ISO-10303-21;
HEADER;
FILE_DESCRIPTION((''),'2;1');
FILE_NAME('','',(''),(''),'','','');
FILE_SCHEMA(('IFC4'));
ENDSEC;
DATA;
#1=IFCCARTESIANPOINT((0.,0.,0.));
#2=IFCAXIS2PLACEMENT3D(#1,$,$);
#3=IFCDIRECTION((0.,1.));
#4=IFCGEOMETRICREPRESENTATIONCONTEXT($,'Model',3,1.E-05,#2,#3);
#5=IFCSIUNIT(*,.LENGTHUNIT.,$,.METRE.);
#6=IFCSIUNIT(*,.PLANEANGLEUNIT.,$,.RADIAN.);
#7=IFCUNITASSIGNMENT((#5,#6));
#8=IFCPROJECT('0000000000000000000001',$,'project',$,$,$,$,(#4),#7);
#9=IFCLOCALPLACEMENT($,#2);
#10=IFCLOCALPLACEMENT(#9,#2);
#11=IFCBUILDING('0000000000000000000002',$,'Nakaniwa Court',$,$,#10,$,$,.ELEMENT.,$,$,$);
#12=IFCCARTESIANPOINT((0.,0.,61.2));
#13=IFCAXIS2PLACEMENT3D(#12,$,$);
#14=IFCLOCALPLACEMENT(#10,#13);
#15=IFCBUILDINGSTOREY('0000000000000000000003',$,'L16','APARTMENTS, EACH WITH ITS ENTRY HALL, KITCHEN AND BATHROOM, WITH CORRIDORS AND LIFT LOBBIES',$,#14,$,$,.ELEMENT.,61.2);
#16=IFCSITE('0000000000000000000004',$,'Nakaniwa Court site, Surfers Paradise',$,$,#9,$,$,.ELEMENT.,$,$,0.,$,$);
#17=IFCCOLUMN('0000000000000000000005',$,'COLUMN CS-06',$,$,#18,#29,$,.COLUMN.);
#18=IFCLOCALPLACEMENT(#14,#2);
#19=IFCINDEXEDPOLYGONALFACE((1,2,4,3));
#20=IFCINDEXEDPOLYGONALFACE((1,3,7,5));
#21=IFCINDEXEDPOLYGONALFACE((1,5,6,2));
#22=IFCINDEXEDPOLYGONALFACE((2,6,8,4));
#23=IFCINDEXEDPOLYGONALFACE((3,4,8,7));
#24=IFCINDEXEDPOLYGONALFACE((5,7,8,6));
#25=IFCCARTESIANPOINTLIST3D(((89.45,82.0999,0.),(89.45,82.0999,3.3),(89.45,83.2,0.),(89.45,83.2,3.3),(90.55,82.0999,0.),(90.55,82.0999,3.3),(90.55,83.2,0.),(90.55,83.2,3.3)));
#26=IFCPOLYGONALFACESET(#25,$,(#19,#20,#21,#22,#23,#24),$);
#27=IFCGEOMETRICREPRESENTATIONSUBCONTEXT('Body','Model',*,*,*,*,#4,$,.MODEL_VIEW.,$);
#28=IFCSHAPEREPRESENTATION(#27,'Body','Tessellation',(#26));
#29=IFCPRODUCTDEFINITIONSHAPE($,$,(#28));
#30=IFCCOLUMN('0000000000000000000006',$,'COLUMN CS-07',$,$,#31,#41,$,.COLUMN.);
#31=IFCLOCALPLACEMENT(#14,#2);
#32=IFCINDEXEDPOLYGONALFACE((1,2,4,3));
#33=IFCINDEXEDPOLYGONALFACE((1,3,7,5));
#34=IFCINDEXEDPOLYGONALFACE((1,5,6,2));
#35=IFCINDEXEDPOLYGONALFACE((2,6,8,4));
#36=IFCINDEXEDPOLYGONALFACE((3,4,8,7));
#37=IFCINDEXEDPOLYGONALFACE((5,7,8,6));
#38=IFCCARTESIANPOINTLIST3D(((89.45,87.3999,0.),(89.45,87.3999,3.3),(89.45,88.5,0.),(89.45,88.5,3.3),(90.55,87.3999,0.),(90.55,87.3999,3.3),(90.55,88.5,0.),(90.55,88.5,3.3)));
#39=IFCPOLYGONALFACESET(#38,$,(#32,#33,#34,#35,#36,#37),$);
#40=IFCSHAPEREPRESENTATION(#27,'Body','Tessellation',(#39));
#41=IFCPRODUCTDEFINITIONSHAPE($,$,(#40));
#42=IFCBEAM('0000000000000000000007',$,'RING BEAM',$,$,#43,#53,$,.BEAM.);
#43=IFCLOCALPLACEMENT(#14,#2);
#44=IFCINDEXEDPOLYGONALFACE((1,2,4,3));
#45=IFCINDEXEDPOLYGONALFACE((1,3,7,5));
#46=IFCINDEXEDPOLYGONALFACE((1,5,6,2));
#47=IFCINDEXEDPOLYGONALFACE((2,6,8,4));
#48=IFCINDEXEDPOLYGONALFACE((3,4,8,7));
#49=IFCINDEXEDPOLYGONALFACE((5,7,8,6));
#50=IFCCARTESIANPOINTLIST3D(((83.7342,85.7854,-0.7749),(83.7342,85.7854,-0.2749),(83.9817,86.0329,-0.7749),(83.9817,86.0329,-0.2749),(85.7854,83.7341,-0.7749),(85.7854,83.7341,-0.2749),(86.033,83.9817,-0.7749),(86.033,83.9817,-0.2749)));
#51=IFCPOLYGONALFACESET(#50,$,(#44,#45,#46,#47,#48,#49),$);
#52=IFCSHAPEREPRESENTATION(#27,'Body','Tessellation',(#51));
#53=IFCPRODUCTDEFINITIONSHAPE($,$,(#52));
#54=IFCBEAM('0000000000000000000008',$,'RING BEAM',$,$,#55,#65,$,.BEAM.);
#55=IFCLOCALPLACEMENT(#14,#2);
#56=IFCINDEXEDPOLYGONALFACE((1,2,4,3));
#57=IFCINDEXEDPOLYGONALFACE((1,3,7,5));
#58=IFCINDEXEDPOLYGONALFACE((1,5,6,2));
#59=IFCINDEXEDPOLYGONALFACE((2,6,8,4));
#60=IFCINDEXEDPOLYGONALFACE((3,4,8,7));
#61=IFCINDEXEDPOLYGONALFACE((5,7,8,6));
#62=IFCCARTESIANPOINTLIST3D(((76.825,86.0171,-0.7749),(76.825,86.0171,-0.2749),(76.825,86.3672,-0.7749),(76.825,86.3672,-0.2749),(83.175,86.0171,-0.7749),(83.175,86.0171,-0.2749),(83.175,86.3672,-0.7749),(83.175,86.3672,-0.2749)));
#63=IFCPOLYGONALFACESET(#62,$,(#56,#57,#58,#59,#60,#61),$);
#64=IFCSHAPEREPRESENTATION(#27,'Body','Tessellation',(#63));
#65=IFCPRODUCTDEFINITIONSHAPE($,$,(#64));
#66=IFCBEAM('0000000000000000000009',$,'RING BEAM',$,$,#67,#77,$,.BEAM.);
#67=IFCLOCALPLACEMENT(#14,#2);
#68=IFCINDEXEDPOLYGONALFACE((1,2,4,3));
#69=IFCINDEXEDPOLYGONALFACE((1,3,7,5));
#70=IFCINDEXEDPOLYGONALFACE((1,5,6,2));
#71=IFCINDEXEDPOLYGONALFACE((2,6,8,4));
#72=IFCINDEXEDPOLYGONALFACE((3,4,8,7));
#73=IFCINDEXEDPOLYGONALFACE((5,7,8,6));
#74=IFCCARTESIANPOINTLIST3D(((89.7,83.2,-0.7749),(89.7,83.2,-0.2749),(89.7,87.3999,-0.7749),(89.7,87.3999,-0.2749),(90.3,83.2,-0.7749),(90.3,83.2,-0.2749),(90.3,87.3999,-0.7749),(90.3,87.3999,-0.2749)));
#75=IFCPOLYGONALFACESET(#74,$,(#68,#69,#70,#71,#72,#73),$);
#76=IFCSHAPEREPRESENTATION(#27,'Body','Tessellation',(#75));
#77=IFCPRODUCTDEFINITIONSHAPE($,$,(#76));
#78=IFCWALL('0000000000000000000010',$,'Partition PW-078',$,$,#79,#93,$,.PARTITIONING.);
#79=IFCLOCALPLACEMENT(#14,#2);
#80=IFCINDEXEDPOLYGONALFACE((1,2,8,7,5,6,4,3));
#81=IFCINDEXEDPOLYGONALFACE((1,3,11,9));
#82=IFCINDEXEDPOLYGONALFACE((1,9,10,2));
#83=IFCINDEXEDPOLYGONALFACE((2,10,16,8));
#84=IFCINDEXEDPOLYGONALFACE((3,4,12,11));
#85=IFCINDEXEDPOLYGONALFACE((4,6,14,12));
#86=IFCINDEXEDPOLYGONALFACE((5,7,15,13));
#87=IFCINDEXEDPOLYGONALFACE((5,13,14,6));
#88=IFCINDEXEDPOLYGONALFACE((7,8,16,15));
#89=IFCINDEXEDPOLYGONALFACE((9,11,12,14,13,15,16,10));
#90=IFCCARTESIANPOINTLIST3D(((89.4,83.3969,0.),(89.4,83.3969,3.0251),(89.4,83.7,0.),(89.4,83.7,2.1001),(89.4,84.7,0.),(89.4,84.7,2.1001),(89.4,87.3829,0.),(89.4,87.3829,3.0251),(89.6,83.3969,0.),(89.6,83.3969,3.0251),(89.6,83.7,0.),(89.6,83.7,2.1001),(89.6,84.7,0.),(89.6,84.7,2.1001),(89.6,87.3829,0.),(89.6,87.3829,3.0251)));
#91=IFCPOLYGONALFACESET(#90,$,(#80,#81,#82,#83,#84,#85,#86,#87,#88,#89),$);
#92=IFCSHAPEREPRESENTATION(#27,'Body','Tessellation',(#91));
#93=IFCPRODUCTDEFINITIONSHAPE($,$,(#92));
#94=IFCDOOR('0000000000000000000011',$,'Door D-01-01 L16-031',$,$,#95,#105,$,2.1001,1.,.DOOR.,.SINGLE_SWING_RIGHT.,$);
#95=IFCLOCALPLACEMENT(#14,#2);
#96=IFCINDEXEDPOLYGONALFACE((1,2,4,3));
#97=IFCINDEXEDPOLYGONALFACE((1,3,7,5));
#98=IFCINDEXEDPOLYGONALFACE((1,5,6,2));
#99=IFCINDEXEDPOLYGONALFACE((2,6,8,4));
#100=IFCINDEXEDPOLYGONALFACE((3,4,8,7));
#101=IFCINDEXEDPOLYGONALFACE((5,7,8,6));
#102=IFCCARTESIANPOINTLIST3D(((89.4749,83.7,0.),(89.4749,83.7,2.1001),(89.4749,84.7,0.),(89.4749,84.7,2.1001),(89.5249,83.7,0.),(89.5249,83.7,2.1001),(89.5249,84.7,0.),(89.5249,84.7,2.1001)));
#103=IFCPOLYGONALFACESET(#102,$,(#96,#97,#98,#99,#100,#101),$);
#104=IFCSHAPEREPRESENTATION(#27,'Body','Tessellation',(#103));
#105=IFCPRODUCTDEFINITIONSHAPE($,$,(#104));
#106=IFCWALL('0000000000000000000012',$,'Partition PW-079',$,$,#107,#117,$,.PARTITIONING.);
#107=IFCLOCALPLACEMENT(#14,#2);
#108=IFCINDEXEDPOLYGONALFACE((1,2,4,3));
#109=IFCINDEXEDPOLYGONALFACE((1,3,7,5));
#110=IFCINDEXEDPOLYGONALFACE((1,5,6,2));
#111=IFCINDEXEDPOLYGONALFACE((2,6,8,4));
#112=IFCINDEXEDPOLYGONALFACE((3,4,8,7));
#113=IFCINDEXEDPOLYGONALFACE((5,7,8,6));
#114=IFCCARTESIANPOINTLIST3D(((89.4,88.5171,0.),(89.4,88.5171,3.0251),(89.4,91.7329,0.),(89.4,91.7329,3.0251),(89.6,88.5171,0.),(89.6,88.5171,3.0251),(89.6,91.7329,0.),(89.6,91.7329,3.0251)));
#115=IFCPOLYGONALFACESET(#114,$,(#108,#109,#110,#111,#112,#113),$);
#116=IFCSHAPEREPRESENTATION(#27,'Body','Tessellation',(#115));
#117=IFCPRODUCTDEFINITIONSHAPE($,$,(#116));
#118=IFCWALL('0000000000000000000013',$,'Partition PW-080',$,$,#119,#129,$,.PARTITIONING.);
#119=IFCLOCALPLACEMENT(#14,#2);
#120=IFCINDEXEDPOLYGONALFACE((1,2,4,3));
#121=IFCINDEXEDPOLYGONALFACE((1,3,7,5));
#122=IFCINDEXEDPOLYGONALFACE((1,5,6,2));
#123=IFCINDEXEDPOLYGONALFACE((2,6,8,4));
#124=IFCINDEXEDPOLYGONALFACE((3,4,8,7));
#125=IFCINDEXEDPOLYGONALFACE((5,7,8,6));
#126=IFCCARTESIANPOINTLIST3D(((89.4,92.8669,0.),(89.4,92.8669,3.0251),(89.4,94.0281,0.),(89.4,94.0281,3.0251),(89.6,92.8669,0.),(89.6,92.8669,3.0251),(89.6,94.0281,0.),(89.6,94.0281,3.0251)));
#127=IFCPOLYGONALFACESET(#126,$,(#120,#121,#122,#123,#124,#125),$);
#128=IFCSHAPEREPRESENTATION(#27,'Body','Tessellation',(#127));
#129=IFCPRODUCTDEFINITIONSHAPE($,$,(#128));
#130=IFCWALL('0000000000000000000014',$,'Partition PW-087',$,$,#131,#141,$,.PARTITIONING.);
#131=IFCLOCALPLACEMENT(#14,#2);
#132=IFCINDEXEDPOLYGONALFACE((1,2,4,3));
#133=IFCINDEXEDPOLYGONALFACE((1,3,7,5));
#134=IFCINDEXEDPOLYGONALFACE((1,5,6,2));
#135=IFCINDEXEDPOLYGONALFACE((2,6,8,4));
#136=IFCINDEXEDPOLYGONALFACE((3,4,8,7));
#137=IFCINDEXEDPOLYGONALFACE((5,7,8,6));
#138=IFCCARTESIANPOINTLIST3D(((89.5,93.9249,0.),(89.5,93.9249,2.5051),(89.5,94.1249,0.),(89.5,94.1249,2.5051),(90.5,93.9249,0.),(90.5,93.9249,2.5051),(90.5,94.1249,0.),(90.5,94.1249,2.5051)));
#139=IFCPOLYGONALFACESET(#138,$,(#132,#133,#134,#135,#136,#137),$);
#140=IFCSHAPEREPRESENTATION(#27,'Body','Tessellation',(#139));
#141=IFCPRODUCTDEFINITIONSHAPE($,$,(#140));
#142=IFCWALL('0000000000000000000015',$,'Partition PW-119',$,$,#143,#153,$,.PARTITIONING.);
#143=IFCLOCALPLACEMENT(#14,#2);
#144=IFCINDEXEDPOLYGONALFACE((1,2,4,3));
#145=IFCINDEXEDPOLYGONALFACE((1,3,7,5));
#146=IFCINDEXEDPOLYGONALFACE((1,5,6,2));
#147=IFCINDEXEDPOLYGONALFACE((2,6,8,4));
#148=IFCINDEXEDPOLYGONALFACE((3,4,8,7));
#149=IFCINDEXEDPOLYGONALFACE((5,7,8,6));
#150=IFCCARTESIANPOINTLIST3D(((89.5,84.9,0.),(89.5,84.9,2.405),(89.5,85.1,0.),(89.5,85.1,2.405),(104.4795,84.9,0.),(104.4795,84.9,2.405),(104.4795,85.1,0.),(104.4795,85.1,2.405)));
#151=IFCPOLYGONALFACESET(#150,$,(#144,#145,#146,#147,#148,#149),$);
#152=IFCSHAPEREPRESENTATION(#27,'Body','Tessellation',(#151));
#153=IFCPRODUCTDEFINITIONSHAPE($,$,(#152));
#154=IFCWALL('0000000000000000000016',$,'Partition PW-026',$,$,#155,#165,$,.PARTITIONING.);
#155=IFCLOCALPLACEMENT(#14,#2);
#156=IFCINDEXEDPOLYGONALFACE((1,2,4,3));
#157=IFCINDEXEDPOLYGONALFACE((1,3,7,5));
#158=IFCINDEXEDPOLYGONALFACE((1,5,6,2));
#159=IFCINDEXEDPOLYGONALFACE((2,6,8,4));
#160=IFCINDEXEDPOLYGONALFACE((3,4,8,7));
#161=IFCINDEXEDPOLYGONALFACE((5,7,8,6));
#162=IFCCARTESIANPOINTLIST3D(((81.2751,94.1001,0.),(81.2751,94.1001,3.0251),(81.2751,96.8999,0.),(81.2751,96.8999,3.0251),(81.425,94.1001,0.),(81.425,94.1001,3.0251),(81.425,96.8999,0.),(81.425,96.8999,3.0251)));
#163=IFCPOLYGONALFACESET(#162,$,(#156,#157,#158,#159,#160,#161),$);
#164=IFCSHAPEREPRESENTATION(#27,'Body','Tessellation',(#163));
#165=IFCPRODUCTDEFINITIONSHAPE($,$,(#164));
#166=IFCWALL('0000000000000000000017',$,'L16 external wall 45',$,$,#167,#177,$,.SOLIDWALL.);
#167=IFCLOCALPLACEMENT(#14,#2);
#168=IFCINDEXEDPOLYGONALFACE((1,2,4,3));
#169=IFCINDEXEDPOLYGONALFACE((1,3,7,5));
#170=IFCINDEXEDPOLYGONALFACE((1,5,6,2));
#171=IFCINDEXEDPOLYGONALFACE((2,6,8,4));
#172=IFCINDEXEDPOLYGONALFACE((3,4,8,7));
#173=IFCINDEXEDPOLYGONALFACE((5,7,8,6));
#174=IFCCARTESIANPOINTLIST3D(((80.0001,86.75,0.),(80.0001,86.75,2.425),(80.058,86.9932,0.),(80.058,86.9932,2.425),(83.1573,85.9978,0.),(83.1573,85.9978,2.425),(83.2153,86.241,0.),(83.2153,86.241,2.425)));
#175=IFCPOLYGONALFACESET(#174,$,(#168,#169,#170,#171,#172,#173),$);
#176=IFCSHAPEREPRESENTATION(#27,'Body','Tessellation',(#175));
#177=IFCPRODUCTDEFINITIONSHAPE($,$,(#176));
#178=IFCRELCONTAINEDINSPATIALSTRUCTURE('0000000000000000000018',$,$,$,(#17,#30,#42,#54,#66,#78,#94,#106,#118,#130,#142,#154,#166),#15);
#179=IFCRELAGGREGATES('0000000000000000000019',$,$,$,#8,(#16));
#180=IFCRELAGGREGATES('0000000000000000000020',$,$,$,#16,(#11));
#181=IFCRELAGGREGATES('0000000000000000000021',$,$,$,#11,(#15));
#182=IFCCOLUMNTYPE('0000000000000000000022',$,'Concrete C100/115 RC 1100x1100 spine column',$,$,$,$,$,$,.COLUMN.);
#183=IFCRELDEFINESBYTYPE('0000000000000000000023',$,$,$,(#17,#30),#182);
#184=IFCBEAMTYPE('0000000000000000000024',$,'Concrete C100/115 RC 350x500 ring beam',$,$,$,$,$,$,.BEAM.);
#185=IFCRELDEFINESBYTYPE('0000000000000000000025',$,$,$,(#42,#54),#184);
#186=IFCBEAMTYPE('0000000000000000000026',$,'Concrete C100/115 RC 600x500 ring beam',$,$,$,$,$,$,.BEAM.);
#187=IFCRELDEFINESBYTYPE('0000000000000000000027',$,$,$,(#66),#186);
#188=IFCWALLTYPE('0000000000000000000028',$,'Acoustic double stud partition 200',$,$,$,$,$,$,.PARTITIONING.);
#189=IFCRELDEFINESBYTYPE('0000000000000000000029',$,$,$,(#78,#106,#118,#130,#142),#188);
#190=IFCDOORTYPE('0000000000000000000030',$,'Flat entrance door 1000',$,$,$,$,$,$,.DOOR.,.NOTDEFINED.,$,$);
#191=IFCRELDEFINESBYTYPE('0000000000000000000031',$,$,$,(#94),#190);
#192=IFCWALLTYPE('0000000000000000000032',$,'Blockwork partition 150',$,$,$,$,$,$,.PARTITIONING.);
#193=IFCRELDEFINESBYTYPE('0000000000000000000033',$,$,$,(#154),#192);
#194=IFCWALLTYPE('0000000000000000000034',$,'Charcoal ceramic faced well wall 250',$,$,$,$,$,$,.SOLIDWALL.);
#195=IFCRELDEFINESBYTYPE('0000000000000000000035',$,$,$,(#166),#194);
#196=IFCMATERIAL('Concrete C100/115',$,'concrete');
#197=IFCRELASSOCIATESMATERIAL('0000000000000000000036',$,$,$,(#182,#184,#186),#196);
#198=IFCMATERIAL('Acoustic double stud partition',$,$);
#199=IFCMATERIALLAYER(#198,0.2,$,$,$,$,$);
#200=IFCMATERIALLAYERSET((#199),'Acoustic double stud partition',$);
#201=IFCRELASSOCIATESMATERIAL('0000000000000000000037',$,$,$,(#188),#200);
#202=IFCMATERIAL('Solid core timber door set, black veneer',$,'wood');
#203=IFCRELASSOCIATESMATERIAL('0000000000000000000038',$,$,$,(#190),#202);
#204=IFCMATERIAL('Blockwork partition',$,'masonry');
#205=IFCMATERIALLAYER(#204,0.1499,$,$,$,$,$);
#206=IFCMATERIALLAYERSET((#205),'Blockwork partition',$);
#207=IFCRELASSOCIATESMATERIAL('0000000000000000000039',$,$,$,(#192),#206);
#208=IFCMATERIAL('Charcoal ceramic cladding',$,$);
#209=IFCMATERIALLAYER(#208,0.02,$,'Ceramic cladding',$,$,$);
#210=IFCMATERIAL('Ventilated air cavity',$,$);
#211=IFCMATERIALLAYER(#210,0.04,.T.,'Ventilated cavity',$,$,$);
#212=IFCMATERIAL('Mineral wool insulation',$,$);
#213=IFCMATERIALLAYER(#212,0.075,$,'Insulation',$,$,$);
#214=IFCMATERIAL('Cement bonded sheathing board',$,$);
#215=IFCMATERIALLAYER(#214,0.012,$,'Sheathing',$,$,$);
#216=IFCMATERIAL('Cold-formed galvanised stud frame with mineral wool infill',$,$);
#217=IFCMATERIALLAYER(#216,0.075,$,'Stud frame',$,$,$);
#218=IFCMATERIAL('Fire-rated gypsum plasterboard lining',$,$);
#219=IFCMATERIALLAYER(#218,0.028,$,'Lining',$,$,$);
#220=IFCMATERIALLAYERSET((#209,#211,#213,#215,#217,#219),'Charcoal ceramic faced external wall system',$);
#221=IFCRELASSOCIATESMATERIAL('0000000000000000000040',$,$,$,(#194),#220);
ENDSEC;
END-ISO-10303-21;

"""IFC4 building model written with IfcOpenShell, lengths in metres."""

from ifc_helpers import new_model, si_unit, direction, frame, frame_2d, origin, origin_2d, place, context, subcontext, project, spatial, rectangle, extrude, material, layer, layer_set, material_profile, profile_set, type_object, element, fill, save


model = new_model("IFC4")

# Units and contexts
model_context = context("Model", 3, precision=1e-05, world=origin(), true_north=direction((0.0, 1.0)))
body_context = subcontext(model_context, "Body", "Model", "MODEL_VIEW")
ifc_project = project(units=[si_unit("LENGTHUNIT", "METRE"), si_unit("PLANEANGLEUNIT", "RADIAN")], contexts=[model_context])

# Site, building, storey
site_placement = place(None, origin())
site = spatial("IfcSite", under=ifc_project, at=site_placement, Name="Nakaniwa Court site, Surfers Paradise", CompositionType="ELEMENT", RefElevation=0.0)
building_placement = place(site_placement, origin())
building = spatial("IfcBuilding", under=site, at=building_placement, Name="Nakaniwa Court", CompositionType="ELEMENT")
storey_placement = place(building_placement, frame((0.0, 0.0, 61.2)))
storey = spatial("IfcBuildingStorey", under=building, at=storey_placement, Name="L16", Description="APARTMENTS, EACH WITH ITS ENTRY HALL, KITCHEN AND BATHROOM, WITH CORRIDORS AND LIFT LOBBIES", CompositionType="ELEMENT", Elevation=61.2)

# Columns
ifc_material_1 = material(Name="Concrete C100/115", Category="concrete")
ifc_material_profile_1 = material_profile(ifc_material_1, rectangle(XDim=1.1001, YDim=1.1001, at=origin_2d()), Name="Concrete C100/115 RC 1100x1100 spine column")
ifc_profile_set_1 = profile_set([ifc_material_profile_1], Name="Concrete C100/115")
column_type_1 = type_object("IfcColumnType", Name="Concrete C100/115 RC 1100x1100 spine column", PredefinedType="COLUMN", material=ifc_profile_set_1)
for number, where, z_axis, x_axis, name in (
    (1, (90.0, 82.6499, 0.0), (0.0, 0.0, 1.0), (0.0, 1.0, 0.0), "COLUMN CS-06"),
    (2, (90.0, 87.95, 0.0), (0.0, 0.0, 1.0), (0.0, 1.0, 0.0), "COLUMN CS-07"),
):
    element("IfcColumn", number, at=place(storey_placement, frame(where, z_axis=z_axis, x_axis=x_axis)), inside=storey, type_object=column_type_1, Name=name, PredefinedType="COLUMN", context=body_context, shape_type="SweptSolid", body=[
        extrude(rectangle(XDim=1.1001, YDim=1.1001, at=origin_2d()), origin(), (0.0, 0.0, 1.0), 3.3),
    ])

# Beams
ifc_material_profile_2 = material_profile(ifc_material_1, rectangle(XDim=0.3501, YDim=0.5, at=origin_2d()), Name="Concrete C100/115 RC 350x500 ring beam")
ifc_profile_set_2 = profile_set([ifc_material_profile_2], Name="Concrete C100/115")
beam_type_1 = type_object("IfcBeamType", Name="Concrete C100/115 RC 350x500 ring beam", PredefinedType="BEAM", material=ifc_profile_set_2)
beam_1_placement = place(storey_placement, frame((85.9092, 83.8579, -0.5249), z_axis=(-0.707107, 0.707107, 0.0), x_axis=(-0.707107, -0.707107, 0.0)))
element("IfcBeam", 3, at=beam_1_placement, inside=storey, type_object=beam_type_1, Name="RING BEAM", PredefinedType="BEAM", context=body_context, shape_type="SweptSolid", body=[
    extrude(rectangle(XDim=0.3501, YDim=0.5, at=origin_2d()), origin(), (0.0, 0.0, 1.0), 2.9009),
])
beam_2_placement = place(storey_placement, frame((83.175, 86.1921, -0.5249), z_axis=(-1.0, 0.0, 0.0), x_axis=(0.0, -1.0, 0.0)))
element("IfcBeam", 4, at=beam_2_placement, inside=storey, type_object=beam_type_1, Name="RING BEAM", PredefinedType="BEAM", context=body_context, shape_type="SweptSolid", body=[
    extrude(rectangle(XDim=0.3501, YDim=0.5, at=origin_2d()), origin(), (0.0, 0.0, 1.0), 6.3501),
])
ifc_material_profile_3 = material_profile(ifc_material_1, rectangle(XDim=0.6001, YDim=0.5, at=origin_2d()), Name="Concrete C100/115 RC 600x500 ring beam")
ifc_profile_set_3 = profile_set([ifc_material_profile_3], Name="Concrete C100/115")
beam_type_2 = type_object("IfcBeamType", Name="Concrete C100/115 RC 600x500 ring beam", PredefinedType="BEAM", material=ifc_profile_set_3)
beam_3_placement = place(storey_placement, frame((90.0, 83.2, -0.5249), z_axis=(0.0, 1.0, 0.0), x_axis=(-1.0, 0.0, 0.0)))
element("IfcBeam", 5, at=beam_3_placement, inside=storey, type_object=beam_type_2, Name="RING BEAM", PredefinedType="BEAM", context=body_context, shape_type="SweptSolid", body=[
    extrude(rectangle(XDim=0.6001, YDim=0.5, at=origin_2d()), origin(), (0.0, 0.0, 1.0), 4.2),
])

# Wall, opening, door
ifc_material_2 = material(Name="Acoustic double stud partition")
ifc_layer_1 = layer(ifc_material_2, 0.2)
ifc_layer_set_1 = layer_set([ifc_layer_1], Name="Acoustic double stud partition")
wall_type_1 = type_object("IfcWallType", Name="Acoustic double stud partition 200", PredefinedType="PARTITIONING", material=ifc_layer_set_1)
wall_1_placement = place(storey_placement, frame((89.5, 87.3831, 0.0), z_axis=(0.0, 0.0, 1.0), x_axis=(0.0, -1.0, 0.0)))
wall_1 = element("IfcWall", 6, at=wall_1_placement, inside=storey, type_object=wall_type_1, Name="Partition PW-078", PredefinedType="PARTITIONING", context=body_context, shape_type="SweptSolid", body=[
    extrude(rectangle(XDim=3.9861, YDim=0.2, at=frame_2d((1.9932, 0.0))), origin(), (0.0, 0.0, 1.0), 3.0251),
])
opening_1_placement = place(wall_1_placement, frame((2.6831, 0.0, 0.0)))
opening_1 = element("IfcOpeningElement", 7, at=opening_1_placement, cuts=wall_1, PredefinedType="OPENING", context=body_context, shape_type="SweptSolid", body=[
    extrude(rectangle(XDim=1.0, YDim=2.1001, at=frame_2d((0.5, 1.05))), frame((0.0, 0.1099, 0.0), z_axis=(0.0, -1.0, 0.0), x_axis=(1.0, 0.0, 0.0)), (0.0, 0.0, 1.0), 0.22),
])
ifc_material_3 = material(Name="Solid core timber door set, black veneer", Category="wood")
door_type_1 = type_object("IfcDoorType", Name="Flat entrance door 1000", OperationType="NOTDEFINED", PredefinedType="DOOR", material=ifc_material_3)
door_1_placement = place(opening_1_placement, origin())
door_1 = element("IfcDoor", 8, at=door_1_placement, inside=storey, type_object=door_type_1, Name="Door D-01-01 L16-031", OperationType="SINGLE_SWING_RIGHT", OverallHeight=2.1001, OverallWidth=1.0, PredefinedType="DOOR", context=body_context, shape_type="SweptSolid", body=[
    extrude(rectangle(XDim=1.0, YDim=2.1001, at=frame_2d((0.5, 1.05))), frame((0.0, 0.0249, 0.0), z_axis=(0.0, -1.0, 0.0), x_axis=(1.0, 0.0, 0.0)), (0.0, 0.0, 1.0), 0.05),
])
fill(opening_1, door_1)

# Walls
wall_2_placement = place(storey_placement, frame((89.5, 88.5171, 0.0), z_axis=(0.0, 0.0, 1.0), x_axis=(0.0, 1.0, 0.0)))
element("IfcWall", 9, at=wall_2_placement, inside=storey, type_object=wall_type_1, Name="Partition PW-079", PredefinedType="PARTITIONING", context=body_context, shape_type="SweptSolid", body=[
    extrude(rectangle(XDim=3.2158, YDim=0.2, at=frame_2d((1.6079, 0.0))), origin(), (0.0, 0.0, 1.0), 3.0251),
])
wall_3_placement = place(storey_placement, frame((89.5, 92.8669, 0.0), z_axis=(0.0, 0.0, 1.0), x_axis=(0.0, 1.0, 0.0)))
element("IfcWall", 10, at=wall_3_placement, inside=storey, type_object=wall_type_1, Name="Partition PW-080", PredefinedType="PARTITIONING", context=body_context, shape_type="SweptSolid", body=[
    extrude(rectangle(XDim=1.1611, YDim=0.2, at=frame_2d((0.5806, 0.0))), origin(), (0.0, 0.0, 1.0), 3.0251),
])
wall_4_placement = place(storey_placement, frame((89.5, 94.0249, 0.0), z_axis=(0.0, 0.0, 1.0), x_axis=(1.0, 0.0, 0.0)))
element("IfcWall", 11, at=wall_4_placement, inside=storey, type_object=wall_type_1, Name="Partition PW-087", PredefinedType="PARTITIONING", context=body_context, shape_type="SweptSolid", body=[
    extrude(rectangle(XDim=1.0, YDim=0.2, at=frame_2d((0.5, 0.0))), origin(), (0.0, 0.0, 1.0), 2.5051),
])
wall_5_placement = place(storey_placement, frame((89.5, 85.0, 0.0), z_axis=(0.0, 0.0, 1.0), x_axis=(1.0, 0.0, 0.0)))
element("IfcWall", 12, at=wall_5_placement, inside=storey, type_object=wall_type_1, Name="Partition PW-119", PredefinedType="PARTITIONING", context=body_context, shape_type="SweptSolid", body=[
    extrude(rectangle(XDim=14.9795, YDim=0.2, at=frame_2d((7.4897, 0.0))), origin(), (0.0, 0.0, 1.0), 2.405),
])
ifc_material_4 = material(Name="Blockwork partition", Category="masonry")
ifc_layer_2 = layer(ifc_material_4, 0.1499)
ifc_layer_set_2 = layer_set([ifc_layer_2], Name="Blockwork partition")
wall_type_2 = type_object("IfcWallType", Name="Blockwork partition 150", PredefinedType="PARTITIONING", material=ifc_layer_set_2)
wall_6_placement = place(storey_placement, frame((81.3501, 94.1001, 0.0), z_axis=(0.0, 0.0, 1.0), x_axis=(0.0, 1.0, 0.0)))
element("IfcWall", 13, at=wall_6_placement, inside=storey, type_object=wall_type_2, Name="Partition PW-026", PredefinedType="PARTITIONING", context=body_context, shape_type="SweptSolid", body=[
    extrude(rectangle(XDim=2.7998, YDim=0.1499, at=frame_2d((1.3999, 0.0))), origin(), (0.0, 0.0, 1.0), 3.0251),
])
ifc_material_5 = material(Name="Charcoal ceramic cladding")
ifc_layer_3 = layer(ifc_material_5, 0.02, Name="Ceramic cladding")
ifc_material_6 = material(Name="Ventilated air cavity")
ifc_layer_4 = layer(ifc_material_6, 0.04, ventilated=True, Name="Ventilated cavity")
ifc_material_7 = material(Name="Mineral wool insulation")
ifc_layer_5 = layer(ifc_material_7, 0.075, Name="Insulation")
ifc_material_8 = material(Name="Cement bonded sheathing board")
ifc_layer_6 = layer(ifc_material_8, 0.012, Name="Sheathing")
ifc_material_9 = material(Name="Cold-formed galvanised stud frame with mineral wool infill")
ifc_layer_7 = layer(ifc_material_9, 0.075, Name="Stud frame")
ifc_material_10 = material(Name="Fire-rated gypsum plasterboard lining")
ifc_layer_8 = layer(ifc_material_10, 0.028, Name="Lining")
ifc_layer_set_3 = layer_set([ifc_layer_3, ifc_layer_4, ifc_layer_5, ifc_layer_6, ifc_layer_7, ifc_layer_8], Name="Charcoal ceramic faced external wall system")
wall_type_3 = type_object("IfcWallType", Name="Charcoal ceramic faced well wall 250", PredefinedType="SOLIDWALL", material=ifc_layer_set_3)
wall_7_placement = place(storey_placement, frame((80.0291, 86.8716, 0.0), z_axis=(0.0, 0.0, 1.0), x_axis=(0.972773, -0.23176, 0.0)))
element("IfcWall", 14, at=wall_7_placement, inside=storey, type_object=wall_type_3, Name="L16 external wall 45", PredefinedType="SOLIDWALL", context=body_context, shape_type="SweptSolid", body=[
    extrude(rectangle(XDim=3.2456, YDim=0.25, at=frame_2d((1.6228, 0.0))), origin(), (0.0, 0.0, 1.0), 2.425),
])

save(model, "model.ifc")
